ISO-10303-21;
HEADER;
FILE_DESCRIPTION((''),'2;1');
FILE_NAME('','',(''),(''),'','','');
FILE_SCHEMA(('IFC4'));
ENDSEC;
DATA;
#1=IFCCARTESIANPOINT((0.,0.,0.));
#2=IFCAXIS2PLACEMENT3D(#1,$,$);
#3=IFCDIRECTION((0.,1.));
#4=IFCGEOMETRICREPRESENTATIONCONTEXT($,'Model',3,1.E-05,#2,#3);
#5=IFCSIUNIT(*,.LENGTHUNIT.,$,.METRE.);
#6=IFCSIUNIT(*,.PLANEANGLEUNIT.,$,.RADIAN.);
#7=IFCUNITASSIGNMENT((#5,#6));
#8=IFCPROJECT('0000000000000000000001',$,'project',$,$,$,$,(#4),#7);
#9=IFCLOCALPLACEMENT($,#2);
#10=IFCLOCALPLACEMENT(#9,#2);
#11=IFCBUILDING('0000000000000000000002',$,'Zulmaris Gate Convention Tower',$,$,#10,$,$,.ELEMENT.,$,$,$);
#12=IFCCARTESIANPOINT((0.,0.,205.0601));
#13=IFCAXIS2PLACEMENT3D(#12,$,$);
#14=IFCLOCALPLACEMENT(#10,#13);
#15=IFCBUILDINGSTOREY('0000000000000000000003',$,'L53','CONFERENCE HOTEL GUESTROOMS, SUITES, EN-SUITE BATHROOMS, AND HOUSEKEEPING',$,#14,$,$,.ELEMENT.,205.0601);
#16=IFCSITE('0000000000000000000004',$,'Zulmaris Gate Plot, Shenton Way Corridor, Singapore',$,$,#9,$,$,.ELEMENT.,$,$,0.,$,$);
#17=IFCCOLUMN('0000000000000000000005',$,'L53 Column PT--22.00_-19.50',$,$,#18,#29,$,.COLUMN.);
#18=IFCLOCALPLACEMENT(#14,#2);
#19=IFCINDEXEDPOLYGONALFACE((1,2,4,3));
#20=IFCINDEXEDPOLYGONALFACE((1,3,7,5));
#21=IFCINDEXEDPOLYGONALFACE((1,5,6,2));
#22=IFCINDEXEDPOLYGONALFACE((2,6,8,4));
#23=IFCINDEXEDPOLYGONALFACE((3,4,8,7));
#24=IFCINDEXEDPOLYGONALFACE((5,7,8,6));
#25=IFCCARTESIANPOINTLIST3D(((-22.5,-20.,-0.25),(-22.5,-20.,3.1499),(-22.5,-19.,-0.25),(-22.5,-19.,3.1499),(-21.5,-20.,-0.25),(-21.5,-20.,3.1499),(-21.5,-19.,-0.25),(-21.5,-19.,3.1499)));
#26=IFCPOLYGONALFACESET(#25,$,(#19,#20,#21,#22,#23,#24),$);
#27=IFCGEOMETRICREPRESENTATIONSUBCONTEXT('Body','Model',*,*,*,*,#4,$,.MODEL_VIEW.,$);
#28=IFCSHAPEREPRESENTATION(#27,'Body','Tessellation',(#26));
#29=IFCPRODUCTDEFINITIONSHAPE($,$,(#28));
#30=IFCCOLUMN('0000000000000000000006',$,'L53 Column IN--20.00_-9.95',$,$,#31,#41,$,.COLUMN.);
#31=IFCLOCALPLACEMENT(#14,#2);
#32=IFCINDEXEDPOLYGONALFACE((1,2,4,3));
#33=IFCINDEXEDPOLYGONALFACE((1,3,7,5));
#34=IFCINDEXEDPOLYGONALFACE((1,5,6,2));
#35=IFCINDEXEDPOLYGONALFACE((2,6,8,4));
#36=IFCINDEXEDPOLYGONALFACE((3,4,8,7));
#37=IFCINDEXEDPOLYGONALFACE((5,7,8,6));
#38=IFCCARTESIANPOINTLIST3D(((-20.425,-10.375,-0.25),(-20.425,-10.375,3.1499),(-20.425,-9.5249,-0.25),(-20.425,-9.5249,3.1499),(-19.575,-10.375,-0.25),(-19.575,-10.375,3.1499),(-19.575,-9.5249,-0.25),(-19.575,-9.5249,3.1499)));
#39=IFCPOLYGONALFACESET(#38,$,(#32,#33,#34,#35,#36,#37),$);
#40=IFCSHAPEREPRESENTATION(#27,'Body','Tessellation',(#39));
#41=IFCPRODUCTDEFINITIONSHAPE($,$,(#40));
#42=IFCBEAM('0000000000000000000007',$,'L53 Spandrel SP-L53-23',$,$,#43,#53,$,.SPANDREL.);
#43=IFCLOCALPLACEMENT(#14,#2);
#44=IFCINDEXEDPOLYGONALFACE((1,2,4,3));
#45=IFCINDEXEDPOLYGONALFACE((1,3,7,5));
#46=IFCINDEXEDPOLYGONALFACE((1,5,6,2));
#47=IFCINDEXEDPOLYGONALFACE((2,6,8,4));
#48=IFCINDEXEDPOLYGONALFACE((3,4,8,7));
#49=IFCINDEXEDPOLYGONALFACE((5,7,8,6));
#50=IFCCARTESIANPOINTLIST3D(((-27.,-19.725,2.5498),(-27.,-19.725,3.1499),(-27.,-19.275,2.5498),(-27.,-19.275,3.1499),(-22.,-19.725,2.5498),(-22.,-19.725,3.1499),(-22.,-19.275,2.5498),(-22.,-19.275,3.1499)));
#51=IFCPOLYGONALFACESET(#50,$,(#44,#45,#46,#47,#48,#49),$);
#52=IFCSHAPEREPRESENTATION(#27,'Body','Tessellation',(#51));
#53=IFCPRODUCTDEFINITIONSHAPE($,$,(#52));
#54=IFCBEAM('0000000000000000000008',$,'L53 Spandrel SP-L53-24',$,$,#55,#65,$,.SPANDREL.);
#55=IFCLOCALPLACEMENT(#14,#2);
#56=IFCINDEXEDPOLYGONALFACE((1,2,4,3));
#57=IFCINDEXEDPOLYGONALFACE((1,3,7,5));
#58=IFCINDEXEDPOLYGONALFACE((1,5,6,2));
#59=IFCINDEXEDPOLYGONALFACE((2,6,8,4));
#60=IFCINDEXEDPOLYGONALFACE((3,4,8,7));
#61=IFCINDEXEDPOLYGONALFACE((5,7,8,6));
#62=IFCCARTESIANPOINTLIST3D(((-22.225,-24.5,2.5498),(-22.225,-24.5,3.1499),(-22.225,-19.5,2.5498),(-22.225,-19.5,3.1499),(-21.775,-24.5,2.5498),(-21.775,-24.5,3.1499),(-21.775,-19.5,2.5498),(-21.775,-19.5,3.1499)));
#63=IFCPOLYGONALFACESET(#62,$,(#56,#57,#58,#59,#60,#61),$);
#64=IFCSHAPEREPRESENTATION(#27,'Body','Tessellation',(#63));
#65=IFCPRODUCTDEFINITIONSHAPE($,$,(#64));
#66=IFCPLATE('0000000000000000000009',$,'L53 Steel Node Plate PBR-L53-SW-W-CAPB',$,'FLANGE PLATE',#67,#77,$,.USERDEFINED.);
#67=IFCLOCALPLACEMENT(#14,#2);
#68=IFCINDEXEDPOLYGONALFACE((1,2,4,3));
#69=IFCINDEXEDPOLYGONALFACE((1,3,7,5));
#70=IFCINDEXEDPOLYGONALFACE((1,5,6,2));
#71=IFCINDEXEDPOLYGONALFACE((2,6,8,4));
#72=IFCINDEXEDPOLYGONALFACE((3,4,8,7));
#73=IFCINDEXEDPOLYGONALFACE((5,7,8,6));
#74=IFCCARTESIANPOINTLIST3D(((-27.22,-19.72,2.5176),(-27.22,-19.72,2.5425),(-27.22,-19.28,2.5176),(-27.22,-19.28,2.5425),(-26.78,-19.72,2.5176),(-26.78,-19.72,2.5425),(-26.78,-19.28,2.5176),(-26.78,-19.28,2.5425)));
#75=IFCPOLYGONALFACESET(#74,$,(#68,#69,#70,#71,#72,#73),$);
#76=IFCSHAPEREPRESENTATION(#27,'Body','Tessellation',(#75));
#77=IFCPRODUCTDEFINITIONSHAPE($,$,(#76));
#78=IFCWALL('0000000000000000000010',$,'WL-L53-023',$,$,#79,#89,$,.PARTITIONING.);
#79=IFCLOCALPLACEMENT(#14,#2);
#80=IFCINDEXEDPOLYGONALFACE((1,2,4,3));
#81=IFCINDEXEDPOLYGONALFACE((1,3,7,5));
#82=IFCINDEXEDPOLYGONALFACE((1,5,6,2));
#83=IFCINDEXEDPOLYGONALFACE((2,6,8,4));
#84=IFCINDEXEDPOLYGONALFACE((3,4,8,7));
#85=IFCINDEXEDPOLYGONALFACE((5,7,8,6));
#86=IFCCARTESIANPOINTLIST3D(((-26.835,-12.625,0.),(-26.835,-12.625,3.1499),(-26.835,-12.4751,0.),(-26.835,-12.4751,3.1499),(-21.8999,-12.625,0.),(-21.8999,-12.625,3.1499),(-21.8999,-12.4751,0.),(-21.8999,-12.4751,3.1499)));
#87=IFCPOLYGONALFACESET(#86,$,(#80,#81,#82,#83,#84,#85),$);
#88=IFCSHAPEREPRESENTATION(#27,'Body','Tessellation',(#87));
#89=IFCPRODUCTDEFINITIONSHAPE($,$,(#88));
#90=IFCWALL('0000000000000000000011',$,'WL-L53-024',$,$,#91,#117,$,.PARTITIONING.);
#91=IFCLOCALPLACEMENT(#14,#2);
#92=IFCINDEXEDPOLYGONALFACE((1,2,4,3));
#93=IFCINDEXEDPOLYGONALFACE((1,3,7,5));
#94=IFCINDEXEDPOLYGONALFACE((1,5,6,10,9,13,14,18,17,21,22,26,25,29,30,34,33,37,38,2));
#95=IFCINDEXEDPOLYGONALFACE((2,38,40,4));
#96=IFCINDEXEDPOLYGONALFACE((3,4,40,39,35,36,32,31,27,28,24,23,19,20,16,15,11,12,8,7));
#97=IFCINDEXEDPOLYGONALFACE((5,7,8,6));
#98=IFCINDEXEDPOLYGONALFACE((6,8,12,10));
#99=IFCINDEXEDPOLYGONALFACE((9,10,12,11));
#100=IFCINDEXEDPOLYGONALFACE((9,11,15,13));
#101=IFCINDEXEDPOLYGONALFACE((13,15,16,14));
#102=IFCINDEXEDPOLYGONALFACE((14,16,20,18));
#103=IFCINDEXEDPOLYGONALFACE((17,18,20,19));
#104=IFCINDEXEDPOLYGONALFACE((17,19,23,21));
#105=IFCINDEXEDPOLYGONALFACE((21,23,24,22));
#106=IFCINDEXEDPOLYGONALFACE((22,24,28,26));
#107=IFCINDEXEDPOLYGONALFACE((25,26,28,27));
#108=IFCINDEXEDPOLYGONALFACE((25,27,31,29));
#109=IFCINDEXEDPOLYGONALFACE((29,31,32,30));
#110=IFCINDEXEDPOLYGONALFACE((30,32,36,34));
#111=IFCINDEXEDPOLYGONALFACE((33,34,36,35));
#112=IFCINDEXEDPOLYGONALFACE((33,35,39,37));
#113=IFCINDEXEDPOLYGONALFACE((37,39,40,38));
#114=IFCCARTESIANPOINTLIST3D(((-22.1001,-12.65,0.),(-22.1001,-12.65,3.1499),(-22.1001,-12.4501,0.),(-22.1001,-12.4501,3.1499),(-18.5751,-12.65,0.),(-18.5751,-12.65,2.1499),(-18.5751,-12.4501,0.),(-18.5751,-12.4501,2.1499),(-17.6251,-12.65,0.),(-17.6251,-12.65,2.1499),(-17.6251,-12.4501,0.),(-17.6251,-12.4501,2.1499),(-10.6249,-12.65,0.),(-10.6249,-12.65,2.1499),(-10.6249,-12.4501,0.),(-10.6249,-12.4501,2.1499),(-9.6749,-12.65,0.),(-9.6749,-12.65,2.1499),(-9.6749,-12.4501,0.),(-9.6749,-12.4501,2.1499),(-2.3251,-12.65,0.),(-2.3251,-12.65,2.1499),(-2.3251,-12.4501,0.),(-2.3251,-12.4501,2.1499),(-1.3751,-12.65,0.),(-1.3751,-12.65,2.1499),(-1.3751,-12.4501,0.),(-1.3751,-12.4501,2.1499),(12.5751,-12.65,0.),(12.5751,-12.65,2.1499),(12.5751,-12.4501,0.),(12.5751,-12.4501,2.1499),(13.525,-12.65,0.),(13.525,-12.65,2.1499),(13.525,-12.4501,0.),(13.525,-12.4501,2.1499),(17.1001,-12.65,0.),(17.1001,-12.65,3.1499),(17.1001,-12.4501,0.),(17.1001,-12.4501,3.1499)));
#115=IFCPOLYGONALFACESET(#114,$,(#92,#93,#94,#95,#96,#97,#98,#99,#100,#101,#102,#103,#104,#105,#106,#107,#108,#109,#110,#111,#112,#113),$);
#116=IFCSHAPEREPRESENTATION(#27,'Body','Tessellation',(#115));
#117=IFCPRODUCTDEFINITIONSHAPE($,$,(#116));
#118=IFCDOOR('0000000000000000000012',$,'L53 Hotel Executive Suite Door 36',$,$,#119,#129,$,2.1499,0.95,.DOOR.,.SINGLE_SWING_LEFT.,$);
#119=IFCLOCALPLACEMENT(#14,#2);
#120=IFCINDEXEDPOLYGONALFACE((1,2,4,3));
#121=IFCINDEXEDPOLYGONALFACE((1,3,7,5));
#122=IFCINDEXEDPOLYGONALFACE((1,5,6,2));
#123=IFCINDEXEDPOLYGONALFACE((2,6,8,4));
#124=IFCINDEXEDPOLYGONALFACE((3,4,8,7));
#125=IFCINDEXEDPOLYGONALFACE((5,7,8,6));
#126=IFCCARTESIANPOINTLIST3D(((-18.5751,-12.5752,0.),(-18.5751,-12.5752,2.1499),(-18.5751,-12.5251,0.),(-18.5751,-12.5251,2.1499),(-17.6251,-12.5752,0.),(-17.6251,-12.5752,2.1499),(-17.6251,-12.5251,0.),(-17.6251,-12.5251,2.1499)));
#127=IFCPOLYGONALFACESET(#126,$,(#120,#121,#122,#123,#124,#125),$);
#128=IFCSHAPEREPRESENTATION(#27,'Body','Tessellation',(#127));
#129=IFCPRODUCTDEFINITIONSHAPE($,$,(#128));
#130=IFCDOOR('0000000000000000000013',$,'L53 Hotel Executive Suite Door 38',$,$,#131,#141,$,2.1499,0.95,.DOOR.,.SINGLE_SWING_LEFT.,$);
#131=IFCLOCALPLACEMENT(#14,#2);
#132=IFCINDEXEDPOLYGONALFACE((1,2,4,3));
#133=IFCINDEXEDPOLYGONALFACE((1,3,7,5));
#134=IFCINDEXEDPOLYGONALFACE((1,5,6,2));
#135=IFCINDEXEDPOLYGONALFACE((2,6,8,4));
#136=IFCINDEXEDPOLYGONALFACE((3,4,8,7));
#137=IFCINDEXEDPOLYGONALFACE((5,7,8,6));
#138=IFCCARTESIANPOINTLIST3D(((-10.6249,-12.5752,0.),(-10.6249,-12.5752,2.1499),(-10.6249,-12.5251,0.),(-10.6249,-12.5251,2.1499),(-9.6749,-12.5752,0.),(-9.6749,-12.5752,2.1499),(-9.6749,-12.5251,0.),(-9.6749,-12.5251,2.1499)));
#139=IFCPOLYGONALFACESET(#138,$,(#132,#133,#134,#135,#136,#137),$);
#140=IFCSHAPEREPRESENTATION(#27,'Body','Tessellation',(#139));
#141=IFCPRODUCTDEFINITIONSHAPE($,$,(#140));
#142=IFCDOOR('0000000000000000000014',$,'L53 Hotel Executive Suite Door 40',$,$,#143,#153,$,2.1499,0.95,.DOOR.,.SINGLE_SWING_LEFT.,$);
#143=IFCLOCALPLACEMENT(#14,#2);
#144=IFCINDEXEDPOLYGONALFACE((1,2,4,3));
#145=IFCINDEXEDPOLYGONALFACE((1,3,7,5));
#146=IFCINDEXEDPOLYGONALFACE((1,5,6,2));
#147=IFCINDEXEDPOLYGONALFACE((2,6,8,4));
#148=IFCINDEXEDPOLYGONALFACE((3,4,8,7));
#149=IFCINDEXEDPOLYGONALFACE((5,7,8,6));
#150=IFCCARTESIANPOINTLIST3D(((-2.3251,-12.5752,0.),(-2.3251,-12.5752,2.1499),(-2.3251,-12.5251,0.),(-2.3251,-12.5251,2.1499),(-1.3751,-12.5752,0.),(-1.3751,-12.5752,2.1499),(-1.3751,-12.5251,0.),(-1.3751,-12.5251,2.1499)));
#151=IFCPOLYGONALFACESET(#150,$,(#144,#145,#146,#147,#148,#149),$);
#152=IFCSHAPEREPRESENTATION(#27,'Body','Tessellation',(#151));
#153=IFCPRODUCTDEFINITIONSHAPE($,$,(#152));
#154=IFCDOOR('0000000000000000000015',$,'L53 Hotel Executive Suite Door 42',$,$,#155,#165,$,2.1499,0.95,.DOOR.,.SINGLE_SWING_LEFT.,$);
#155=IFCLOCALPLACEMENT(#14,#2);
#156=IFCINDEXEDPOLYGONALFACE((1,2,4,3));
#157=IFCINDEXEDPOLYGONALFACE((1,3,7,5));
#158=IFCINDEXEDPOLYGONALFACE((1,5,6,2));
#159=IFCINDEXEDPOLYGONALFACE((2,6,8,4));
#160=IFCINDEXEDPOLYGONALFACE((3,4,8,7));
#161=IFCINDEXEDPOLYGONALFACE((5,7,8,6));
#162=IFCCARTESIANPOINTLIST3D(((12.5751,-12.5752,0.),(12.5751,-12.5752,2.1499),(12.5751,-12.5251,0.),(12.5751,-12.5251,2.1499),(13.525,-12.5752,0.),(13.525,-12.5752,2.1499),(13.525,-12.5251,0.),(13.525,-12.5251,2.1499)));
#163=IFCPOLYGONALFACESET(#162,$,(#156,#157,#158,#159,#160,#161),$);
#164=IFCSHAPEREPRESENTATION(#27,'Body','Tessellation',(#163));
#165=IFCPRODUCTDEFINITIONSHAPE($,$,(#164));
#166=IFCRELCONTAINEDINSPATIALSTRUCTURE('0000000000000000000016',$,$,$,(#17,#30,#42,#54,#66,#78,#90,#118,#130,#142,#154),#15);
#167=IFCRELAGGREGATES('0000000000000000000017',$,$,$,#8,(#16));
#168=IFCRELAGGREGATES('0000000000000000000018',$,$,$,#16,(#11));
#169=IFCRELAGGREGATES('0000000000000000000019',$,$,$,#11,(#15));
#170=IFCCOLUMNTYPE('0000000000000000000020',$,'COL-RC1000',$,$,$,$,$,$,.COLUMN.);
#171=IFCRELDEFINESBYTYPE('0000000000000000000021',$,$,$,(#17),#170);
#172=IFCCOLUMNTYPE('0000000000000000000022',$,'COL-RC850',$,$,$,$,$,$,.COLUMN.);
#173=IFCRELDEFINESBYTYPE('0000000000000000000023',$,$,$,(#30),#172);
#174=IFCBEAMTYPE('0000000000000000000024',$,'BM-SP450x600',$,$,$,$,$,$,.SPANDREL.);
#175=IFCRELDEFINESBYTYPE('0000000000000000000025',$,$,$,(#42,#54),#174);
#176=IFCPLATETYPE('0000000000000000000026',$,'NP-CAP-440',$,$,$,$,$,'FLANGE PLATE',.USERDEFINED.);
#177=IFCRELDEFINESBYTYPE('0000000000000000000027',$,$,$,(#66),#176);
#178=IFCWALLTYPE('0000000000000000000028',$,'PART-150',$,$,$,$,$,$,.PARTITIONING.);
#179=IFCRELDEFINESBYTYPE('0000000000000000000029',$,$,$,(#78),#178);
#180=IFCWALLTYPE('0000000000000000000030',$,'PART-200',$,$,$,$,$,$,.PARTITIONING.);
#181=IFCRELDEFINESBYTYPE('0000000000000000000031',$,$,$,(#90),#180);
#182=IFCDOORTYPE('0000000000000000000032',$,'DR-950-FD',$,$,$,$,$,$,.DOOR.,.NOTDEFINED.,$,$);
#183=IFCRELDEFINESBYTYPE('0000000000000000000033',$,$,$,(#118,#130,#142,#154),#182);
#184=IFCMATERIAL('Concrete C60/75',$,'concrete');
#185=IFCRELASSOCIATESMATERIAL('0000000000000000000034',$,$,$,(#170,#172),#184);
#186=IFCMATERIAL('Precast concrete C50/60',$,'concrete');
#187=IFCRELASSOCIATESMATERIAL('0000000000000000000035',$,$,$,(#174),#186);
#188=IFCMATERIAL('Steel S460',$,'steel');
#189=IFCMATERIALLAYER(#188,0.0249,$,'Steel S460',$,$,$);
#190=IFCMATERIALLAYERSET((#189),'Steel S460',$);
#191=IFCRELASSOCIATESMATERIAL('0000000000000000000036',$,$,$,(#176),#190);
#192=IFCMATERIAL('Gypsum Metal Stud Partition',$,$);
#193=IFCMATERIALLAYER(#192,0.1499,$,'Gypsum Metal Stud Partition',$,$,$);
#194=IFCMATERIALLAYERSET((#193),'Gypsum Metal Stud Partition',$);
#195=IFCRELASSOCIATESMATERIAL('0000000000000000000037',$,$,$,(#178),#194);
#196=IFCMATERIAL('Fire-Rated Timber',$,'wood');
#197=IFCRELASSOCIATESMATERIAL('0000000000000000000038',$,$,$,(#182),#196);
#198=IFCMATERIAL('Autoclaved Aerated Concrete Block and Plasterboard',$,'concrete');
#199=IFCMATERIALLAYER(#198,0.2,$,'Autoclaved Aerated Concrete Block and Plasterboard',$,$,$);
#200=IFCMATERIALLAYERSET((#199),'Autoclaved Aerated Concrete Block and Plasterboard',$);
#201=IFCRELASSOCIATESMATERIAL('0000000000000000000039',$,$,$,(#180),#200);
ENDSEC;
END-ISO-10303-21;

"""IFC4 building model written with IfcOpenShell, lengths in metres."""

from ifc_helpers import new_model, si_unit, direction, frame, frame_2d, origin, origin_2d, place, context, subcontext, project, spatial, rectangle, extrude, material, layer, layer_set, material_profile, profile_set, type_object, element, fill, save


model = new_model("IFC4")

# Units and contexts
model_context = context("Model", 3, precision=1e-05, world=origin(), true_north=direction((0.0, 1.0)))
body_context = subcontext(model_context, "Body", "Model", "MODEL_VIEW")
ifc_project = project(units=[si_unit("LENGTHUNIT", "METRE"), si_unit("PLANEANGLEUNIT", "RADIAN")], contexts=[model_context])

# Site, building, storey
site_placement = place(None, origin())
site = spatial("IfcSite", under=ifc_project, at=site_placement, Name="Zulmaris Gate Plot, Shenton Way Corridor, Singapore", CompositionType="ELEMENT", RefElevation=0.0)
building_placement = place(site_placement, origin())
building = spatial("IfcBuilding", under=site, at=building_placement, Name="Zulmaris Gate Convention Tower", CompositionType="ELEMENT")
storey_placement = place(building_placement, frame((0.0, 0.0, 205.0601)))
storey = spatial("IfcBuildingStorey", under=building, at=storey_placement, Name="L53", Description="CONFERENCE HOTEL GUESTROOMS, SUITES, EN-SUITE BATHROOMS, AND HOUSEKEEPING", CompositionType="ELEMENT", Elevation=205.0601)

# Columns
ifc_material_1 = material(Name="Concrete C60/75", Category="concrete")
ifc_material_profile_1 = material_profile(ifc_material_1, rectangle(XDim=1.0, YDim=1.0, at=origin_2d()), Name="RC COL 1000x1000")
ifc_profile_set_1 = profile_set([ifc_material_profile_1], Name="Concrete C60/75")
column_type_1 = type_object("IfcColumnType", Name="COL-RC1000", PredefinedType="COLUMN", material=ifc_profile_set_1)
column_1_placement = place(storey_placement, frame((-22.0, -19.5, -0.25), z_axis=(0.0, 0.0, 1.0), x_axis=(1.0, 0.0, 0.0)))
element("IfcColumn", 1, at=column_1_placement, inside=storey, type_object=column_type_1, Name="L53 Column PT--22.00_-19.50", PredefinedType="COLUMN", context=body_context, shape_type="SweptSolid", body=[
    extrude(rectangle(XDim=1.0, YDim=1.0, at=origin_2d()), origin(), (0.0, 0.0, 1.0), 3.3999),
])
ifc_material_profile_2 = material_profile(ifc_material_1, rectangle(XDim=0.8501, YDim=0.8501, at=origin_2d()), Name="RC COL 850x850")
ifc_profile_set_2 = profile_set([ifc_material_profile_2], Name="Concrete C60/75")
column_type_2 = type_object("IfcColumnType", Name="COL-RC850", PredefinedType="COLUMN", material=ifc_profile_set_2)
column_2_placement = place(storey_placement, frame((-20.0, -9.95, -0.25), z_axis=(0.0, 0.0, 1.0), x_axis=(1.0, 0.0, 0.0)))
element("IfcColumn", 2, at=column_2_placement, inside=storey, type_object=column_type_2, Name="L53 Column IN--20.00_-9.95", PredefinedType="COLUMN", context=body_context, shape_type="SweptSolid", body=[
    extrude(rectangle(XDim=0.8501, YDim=0.8501, at=origin_2d()), origin(), (0.0, 0.0, 1.0), 3.3999),
])

# Beams
ifc_material_2 = material(Name="Precast concrete C50/60", Category="concrete")
ifc_material_profile_3 = material_profile(ifc_material_2, rectangle(XDim=0.45, YDim=0.6001, at=origin_2d()), Name="RC SPANDREL 450x600")
ifc_profile_set_3 = profile_set([ifc_material_profile_3], Name="Precast concrete C50/60")
beam_type = type_object("IfcBeamType", Name="BM-SP450x600", PredefinedType="SPANDREL", material=ifc_profile_set_3)
for number, where, z_axis, x_axis, name in (
    (3, (-27.0, -19.5, 2.8499), (1.0, 0.0, 0.0), (0.0, 1.0, 0.0), "L53 Spandrel SP-L53-23"),
    (4, (-22.0, -19.5, 2.8499), (0.0, -1.0, 0.0), (1.0, 0.0, 0.0), "L53 Spandrel SP-L53-24"),
):
    element("IfcBeam", number, at=place(storey_placement, frame(where, z_axis=z_axis, x_axis=x_axis)), inside=storey, type_object=beam_type, Name=name, PredefinedType="SPANDREL", context=body_context, shape_type="SweptSolid", body=[
        extrude(rectangle(XDim=0.45, YDim=0.6001, at=origin_2d()), origin(), (0.0, 0.0, 1.0), 5.0),
    ])

# Plate
ifc_material_3 = material(Name="Steel S460", Category="steel")
ifc_layer_1 = layer(ifc_material_3, 0.0249, Name="Steel S460")
ifc_layer_set_1 = layer_set([ifc_layer_1], Name="Steel S460")
plate_type = type_object("IfcPlateType", Name="NP-CAP-440", ElementType="FLANGE PLATE", PredefinedType="USERDEFINED", material=ifc_layer_set_1)
plate_placement = place(storey_placement, frame((-27.0, -19.5, 2.5176), z_axis=(0.0, 0.0, 1.0), x_axis=(1.0, 0.0, 0.0)))
element("IfcPlate", 5, at=plate_placement, inside=storey, type_object=plate_type, Name="L53 Steel Node Plate PBR-L53-SW-W-CAPB", ObjectType="FLANGE PLATE", PredefinedType="USERDEFINED", context=body_context, shape_type="SweptSolid", body=[
    extrude(rectangle(XDim=0.4399, YDim=0.4399, at=origin_2d()), origin(), (0.0, 0.0, 1.0), 0.0249),
])

# Wall
ifc_material_4 = material(Name="Gypsum Metal Stud Partition")
ifc_layer_2 = layer(ifc_material_4, 0.1499, Name="Gypsum Metal Stud Partition")
ifc_layer_set_2 = layer_set([ifc_layer_2], Name="Gypsum Metal Stud Partition")
wall_type_1 = type_object("IfcWallType", Name="PART-150", PredefinedType="PARTITIONING", material=ifc_layer_set_2)
wall_1_placement = place(storey_placement, frame((-26.835, -12.55, 0.0), z_axis=(0.0, 0.0, 1.0), x_axis=(1.0, 0.0, 0.0)))
element("IfcWall", 6, at=wall_1_placement, inside=storey, type_object=wall_type_1, Name="WL-L53-023", PredefinedType="PARTITIONING", context=body_context, shape_type="SweptSolid", body=[
    extrude(rectangle(XDim=4.9351, YDim=0.1499, at=frame_2d((2.4675, 0.0))), origin(), (0.0, 0.0, 1.0), 3.1499),
])

# Shared definitions
ifc_material_5 = material(Name="Fire-Rated Timber", Category="wood")
door_type_1 = type_object("IfcDoorType", Name="DR-950-FD", OperationType="NOTDEFINED", PredefinedType="DOOR", material=ifc_material_5)

# Wall, openings, doors
ifc_material_6 = material(Name="Autoclaved Aerated Concrete Block and Plasterboard", Category="concrete")
ifc_layer_3 = layer(ifc_material_6, 0.2, Name="Autoclaved Aerated Concrete Block and Plasterboard")
ifc_layer_set_3 = layer_set([ifc_layer_3], Name="Autoclaved Aerated Concrete Block and Plasterboard")
wall_type_2 = type_object("IfcWallType", Name="PART-200", PredefinedType="PARTITIONING", material=ifc_layer_set_3)
wall_2_placement = place(storey_placement, frame((-22.1001, -12.55, 0.0), z_axis=(0.0, 0.0, 1.0), x_axis=(1.0, 0.0, 0.0)))
wall_2 = element("IfcWall", 7, at=wall_2_placement, inside=storey, type_object=wall_type_2, Name="WL-L53-024", PredefinedType="PARTITIONING", context=body_context, shape_type="SweptSolid", body=[
    extrude(rectangle(XDim=39.2002, YDim=0.2, at=frame_2d((19.6001, 0.0))), origin(), (0.0, 0.0, 1.0), 3.1499),
])
opening_1_placement = place(wall_2_placement, frame((3.5249, 0.0, 0.0)))
opening_1 = element("IfcOpeningElement", 8, at=opening_1_placement, cuts=wall_2, PredefinedType="OPENING", context=body_context, shape_type="SweptSolid", body=[
    extrude(rectangle(XDim=0.95, YDim=2.1499, at=frame_2d((0.4751, 1.075))), frame((0.0, 0.1099, 0.0), z_axis=(0.0, -1.0, 0.0), x_axis=(1.0, 0.0, 0.0)), (0.0, 0.0, 1.0), 0.22),
])
opening_2_placement = place(wall_2_placement, frame((11.4751, 0.0, 0.0)))
opening_2 = element("IfcOpeningElement", 9, at=opening_2_placement, cuts=wall_2, PredefinedType="OPENING", context=body_context, shape_type="SweptSolid", body=[
    extrude(rectangle(XDim=0.95, YDim=2.1499, at=frame_2d((0.4751, 1.075))), frame((0.0, 0.1099, 0.0), z_axis=(0.0, -1.0, 0.0), x_axis=(1.0, 0.0, 0.0)), (0.0, 0.0, 1.0), 0.22),
])
opening_3_placement = place(wall_2_placement, frame((19.7749, 0.0, 0.0)))
opening_3 = element("IfcOpeningElement", 10, at=opening_3_placement, cuts=wall_2, PredefinedType="OPENING", context=body_context, shape_type="SweptSolid", body=[
    extrude(rectangle(XDim=0.95, YDim=2.1499, at=frame_2d((0.4751, 1.075))), frame((0.0, 0.1099, 0.0), z_axis=(0.0, -1.0, 0.0), x_axis=(1.0, 0.0, 0.0)), (0.0, 0.0, 1.0), 0.22),
])
opening_4_placement = place(wall_2_placement, frame((34.675, 0.0, 0.0)))
opening_4 = element("IfcOpeningElement", 11, at=opening_4_placement, cuts=wall_2, PredefinedType="OPENING", context=body_context, shape_type="SweptSolid", body=[
    extrude(rectangle(XDim=0.95, YDim=2.1499, at=frame_2d((0.4751, 1.075))), frame((0.0, 0.1099, 0.0), z_axis=(0.0, -1.0, 0.0), x_axis=(1.0, 0.0, 0.0)), (0.0, 0.0, 1.0), 0.22),
])
door_1_placement = place(opening_1_placement, origin())
door_1 = element("IfcDoor", 12, at=door_1_placement, inside=storey, type_object=door_type_1, Name="L53 Hotel Executive Suite Door 36", OperationType="SINGLE_SWING_LEFT", OverallHeight=2.1499, OverallWidth=0.95, PredefinedType="DOOR", context=body_context, shape_type="SweptSolid", body=[
    extrude(rectangle(XDim=0.95, YDim=2.1499, at=frame_2d((0.4751, 1.075))), frame((0.0, 0.0249, 0.0), z_axis=(0.0, -1.0, 0.0), x_axis=(1.0, 0.0, 0.0)), (0.0, 0.0, 1.0), 0.05),
])
fill(opening_1, door_1)
door_2_placement = place(opening_2_placement, origin())
door_2 = element("IfcDoor", 13, at=door_2_placement, inside=storey, type_object=door_type_1, Name="L53 Hotel Executive Suite Door 38", OperationType="SINGLE_SWING_LEFT", OverallHeight=2.1499, OverallWidth=0.95, PredefinedType="DOOR", context=body_context, shape_type="SweptSolid", body=[
    extrude(rectangle(XDim=0.95, YDim=2.1499, at=frame_2d((0.4751, 1.075))), frame((0.0, 0.0249, 0.0), z_axis=(0.0, -1.0, 0.0), x_axis=(1.0, 0.0, 0.0)), (0.0, 0.0, 1.0), 0.05),
])
fill(opening_2, door_2)
door_3_placement = place(opening_3_placement, origin())
door_3 = element("IfcDoor", 14, at=door_3_placement, inside=storey, type_object=door_type_1, Name="L53 Hotel Executive Suite Door 40", OperationType="SINGLE_SWING_LEFT", OverallHeight=2.1499, OverallWidth=0.95, PredefinedType="DOOR", context=body_context, shape_type="SweptSolid", body=[
    extrude(rectangle(XDim=0.95, YDim=2.1499, at=frame_2d((0.4751, 1.075))), frame((0.0, 0.0249, 0.0), z_axis=(0.0, -1.0, 0.0), x_axis=(1.0, 0.0, 0.0)), (0.0, 0.0, 1.0), 0.05),
])
fill(opening_3, door_3)
door_4_placement = place(opening_4_placement, origin())
door_4 = element("IfcDoor", 15, at=door_4_placement, inside=storey, type_object=door_type_1, Name="L53 Hotel Executive Suite Door 42", OperationType="SINGLE_SWING_LEFT", OverallHeight=2.1499, OverallWidth=0.95, PredefinedType="DOOR", context=body_context, shape_type="SweptSolid", body=[
    extrude(rectangle(XDim=0.95, YDim=2.1499, at=frame_2d((0.4751, 1.075))), frame((0.0, 0.0249, 0.0), z_axis=(0.0, -1.0, 0.0), x_axis=(1.0, 0.0, 0.0)), (0.0, 0.0, 1.0), 0.05),
])
fill(opening_4, door_4)

save(model, "model.ifc")
